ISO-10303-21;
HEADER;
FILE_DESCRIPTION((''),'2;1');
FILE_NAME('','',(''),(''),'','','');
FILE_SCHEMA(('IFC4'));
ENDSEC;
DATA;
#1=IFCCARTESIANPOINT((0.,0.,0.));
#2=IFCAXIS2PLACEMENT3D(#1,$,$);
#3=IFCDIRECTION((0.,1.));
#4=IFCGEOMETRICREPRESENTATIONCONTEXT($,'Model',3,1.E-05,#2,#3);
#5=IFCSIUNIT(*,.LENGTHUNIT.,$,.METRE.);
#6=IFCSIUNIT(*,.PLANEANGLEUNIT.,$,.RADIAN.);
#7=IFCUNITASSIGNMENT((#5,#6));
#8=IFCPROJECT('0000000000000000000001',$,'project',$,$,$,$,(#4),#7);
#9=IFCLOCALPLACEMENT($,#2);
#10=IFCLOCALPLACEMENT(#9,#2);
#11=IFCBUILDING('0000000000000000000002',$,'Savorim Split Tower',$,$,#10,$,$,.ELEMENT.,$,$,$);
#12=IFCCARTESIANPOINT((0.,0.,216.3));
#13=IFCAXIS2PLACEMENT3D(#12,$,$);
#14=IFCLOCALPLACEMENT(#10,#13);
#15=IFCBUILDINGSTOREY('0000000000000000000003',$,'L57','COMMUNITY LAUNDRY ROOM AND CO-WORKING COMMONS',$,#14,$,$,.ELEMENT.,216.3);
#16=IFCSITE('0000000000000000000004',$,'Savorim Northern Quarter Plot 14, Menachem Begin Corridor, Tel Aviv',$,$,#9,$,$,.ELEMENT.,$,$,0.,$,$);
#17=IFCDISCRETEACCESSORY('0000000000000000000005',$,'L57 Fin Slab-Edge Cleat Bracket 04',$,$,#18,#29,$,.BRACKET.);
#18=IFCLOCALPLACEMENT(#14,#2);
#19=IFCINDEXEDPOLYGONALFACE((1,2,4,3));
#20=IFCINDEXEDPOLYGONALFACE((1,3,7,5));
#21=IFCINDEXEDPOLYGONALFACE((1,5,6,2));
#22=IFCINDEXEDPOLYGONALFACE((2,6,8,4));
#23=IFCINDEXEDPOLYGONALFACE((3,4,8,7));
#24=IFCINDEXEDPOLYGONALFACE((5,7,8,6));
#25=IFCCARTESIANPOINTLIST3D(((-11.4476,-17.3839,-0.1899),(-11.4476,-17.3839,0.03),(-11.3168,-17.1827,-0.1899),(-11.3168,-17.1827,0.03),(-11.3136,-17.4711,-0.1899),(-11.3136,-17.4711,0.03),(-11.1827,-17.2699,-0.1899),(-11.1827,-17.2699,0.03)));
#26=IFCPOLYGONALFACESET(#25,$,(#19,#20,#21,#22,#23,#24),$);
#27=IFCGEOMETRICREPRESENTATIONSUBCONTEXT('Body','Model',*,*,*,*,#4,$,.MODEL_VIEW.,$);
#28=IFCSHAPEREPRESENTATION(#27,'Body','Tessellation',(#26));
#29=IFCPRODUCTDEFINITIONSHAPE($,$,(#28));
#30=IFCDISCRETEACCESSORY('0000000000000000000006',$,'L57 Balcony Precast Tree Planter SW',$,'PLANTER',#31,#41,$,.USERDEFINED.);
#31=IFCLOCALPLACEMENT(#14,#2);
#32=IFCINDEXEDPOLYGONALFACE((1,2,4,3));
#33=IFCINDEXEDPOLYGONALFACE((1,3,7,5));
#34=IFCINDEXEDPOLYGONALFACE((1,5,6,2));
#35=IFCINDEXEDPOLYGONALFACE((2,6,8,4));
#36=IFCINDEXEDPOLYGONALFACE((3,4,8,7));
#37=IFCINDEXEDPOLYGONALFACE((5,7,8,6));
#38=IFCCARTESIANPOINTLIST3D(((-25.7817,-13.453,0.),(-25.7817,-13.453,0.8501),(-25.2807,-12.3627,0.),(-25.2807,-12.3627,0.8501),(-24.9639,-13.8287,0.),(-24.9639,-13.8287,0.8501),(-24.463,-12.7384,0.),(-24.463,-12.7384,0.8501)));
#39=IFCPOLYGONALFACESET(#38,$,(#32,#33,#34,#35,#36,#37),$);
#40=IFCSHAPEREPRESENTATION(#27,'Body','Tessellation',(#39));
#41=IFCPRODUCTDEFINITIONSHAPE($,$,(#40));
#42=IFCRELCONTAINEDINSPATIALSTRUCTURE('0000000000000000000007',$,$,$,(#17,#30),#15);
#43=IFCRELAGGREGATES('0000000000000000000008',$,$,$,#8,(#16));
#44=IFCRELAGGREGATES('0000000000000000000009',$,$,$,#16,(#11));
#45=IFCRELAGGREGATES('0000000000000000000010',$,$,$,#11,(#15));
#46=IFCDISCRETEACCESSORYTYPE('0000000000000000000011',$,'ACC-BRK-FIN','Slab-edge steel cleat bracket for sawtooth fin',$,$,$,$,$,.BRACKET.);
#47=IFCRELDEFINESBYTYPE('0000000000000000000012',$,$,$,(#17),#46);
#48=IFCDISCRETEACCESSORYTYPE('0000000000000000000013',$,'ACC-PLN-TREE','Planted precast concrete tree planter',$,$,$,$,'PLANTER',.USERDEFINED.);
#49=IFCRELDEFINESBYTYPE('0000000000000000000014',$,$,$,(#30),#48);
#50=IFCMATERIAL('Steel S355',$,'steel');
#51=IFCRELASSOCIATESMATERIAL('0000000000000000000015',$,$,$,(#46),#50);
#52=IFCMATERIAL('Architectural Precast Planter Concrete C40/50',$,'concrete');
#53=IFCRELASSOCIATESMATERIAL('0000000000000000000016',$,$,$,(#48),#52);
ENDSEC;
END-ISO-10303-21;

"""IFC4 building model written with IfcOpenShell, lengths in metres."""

from ifc_helpers import new_model, si_unit, direction, frame, origin, origin_2d, place, context, subcontext, project, spatial, rectangle, extrude, material, type_object, element, save


model = new_model("IFC4")

# Units and contexts
model_context = context("Model", 3, precision=1e-05, world=origin(), true_north=direction((0.0, 1.0)))
body_context = subcontext(model_context, "Body", "Model", "MODEL_VIEW")
ifc_project = project(units=[si_unit("LENGTHUNIT", "METRE"), si_unit("PLANEANGLEUNIT", "RADIAN")], contexts=[model_context])

# Site, building, storey
site_placement = place(None, origin())
site = spatial("IfcSite", under=ifc_project, at=site_placement, Name="Savorim Northern Quarter Plot 14, Menachem Begin Corridor, Tel Aviv", CompositionType="ELEMENT", RefElevation=0.0)
building_placement = place(site_placement, origin())
building = spatial("IfcBuilding", under=site, at=building_placement, Name="Savorim Split Tower", CompositionType="ELEMENT")
storey_placement = place(building_placement, frame((0.0, 0.0, 216.3)))
storey = spatial("IfcBuildingStorey", under=building, at=storey_placement, Name="L57", Description="COMMUNITY LAUNDRY ROOM AND CO-WORKING COMMONS", CompositionType="ELEMENT", Elevation=216.3)

# Shared definitions
ifc_material_1 = material(Name="Steel S355", Category="steel")

# Discrete accessories
discrete_accessory_type_1 = type_object("IfcDiscreteAccessoryType", Name="ACC-BRK-FIN", Description="Slab-edge steel cleat bracket for sawtooth fin", PredefinedType="BRACKET", material=ifc_material_1)
for number, where, z_axis, x_axis, name in (
    (1, (-11.3152, -17.3269, -0.1899), (0.0, 0.0, 1.0), (-0.545148, -0.83834, 0.0), "L57 Fin Slab-Edge Cleat Bracket 04"),
):
    element("IfcDiscreteAccessory", number, at=place(storey_placement, frame(where, z_axis=z_axis, x_axis=x_axis)), inside=storey, type_object=discrete_accessory_type_1, Name=name, PredefinedType="BRACKET", context=body_context, shape_type="SweptSolid", body=[
        extrude(rectangle(XDim=0.24, YDim=0.1599, at=origin_2d()), origin(), (0.0, 0.0, 1.0), 0.22),
    ])
ifc_material_2 = material(Name="Architectural Precast Planter Concrete C40/50", Category="concrete")
discrete_accessory_type_2 = type_object("IfcDiscreteAccessoryType", Name="ACC-PLN-TREE", Description="Planted precast concrete tree planter", ElementType="PLANTER", PredefinedType="USERDEFINED", material=ifc_material_2)
discrete_accessory_placement = place(storey_placement, frame((-25.1223, -13.0957, 0.0), z_axis=(0.0, 0.0, 1.0), x_axis=(-0.417483, -0.908685, 0.0)))
element("IfcDiscreteAccessory", 2, at=discrete_accessory_placement, inside=storey, type_object=discrete_accessory_type_2, Name="L57 Balcony Precast Tree Planter SW", ObjectType="PLANTER", PredefinedType="USERDEFINED", context=body_context, shape_type="SweptSolid", body=[
    extrude(rectangle(XDim=1.2, YDim=0.8999, at=origin_2d()), origin(), (0.0, 0.0, 1.0), 0.8501),
])

save(model, "model.ifc")
